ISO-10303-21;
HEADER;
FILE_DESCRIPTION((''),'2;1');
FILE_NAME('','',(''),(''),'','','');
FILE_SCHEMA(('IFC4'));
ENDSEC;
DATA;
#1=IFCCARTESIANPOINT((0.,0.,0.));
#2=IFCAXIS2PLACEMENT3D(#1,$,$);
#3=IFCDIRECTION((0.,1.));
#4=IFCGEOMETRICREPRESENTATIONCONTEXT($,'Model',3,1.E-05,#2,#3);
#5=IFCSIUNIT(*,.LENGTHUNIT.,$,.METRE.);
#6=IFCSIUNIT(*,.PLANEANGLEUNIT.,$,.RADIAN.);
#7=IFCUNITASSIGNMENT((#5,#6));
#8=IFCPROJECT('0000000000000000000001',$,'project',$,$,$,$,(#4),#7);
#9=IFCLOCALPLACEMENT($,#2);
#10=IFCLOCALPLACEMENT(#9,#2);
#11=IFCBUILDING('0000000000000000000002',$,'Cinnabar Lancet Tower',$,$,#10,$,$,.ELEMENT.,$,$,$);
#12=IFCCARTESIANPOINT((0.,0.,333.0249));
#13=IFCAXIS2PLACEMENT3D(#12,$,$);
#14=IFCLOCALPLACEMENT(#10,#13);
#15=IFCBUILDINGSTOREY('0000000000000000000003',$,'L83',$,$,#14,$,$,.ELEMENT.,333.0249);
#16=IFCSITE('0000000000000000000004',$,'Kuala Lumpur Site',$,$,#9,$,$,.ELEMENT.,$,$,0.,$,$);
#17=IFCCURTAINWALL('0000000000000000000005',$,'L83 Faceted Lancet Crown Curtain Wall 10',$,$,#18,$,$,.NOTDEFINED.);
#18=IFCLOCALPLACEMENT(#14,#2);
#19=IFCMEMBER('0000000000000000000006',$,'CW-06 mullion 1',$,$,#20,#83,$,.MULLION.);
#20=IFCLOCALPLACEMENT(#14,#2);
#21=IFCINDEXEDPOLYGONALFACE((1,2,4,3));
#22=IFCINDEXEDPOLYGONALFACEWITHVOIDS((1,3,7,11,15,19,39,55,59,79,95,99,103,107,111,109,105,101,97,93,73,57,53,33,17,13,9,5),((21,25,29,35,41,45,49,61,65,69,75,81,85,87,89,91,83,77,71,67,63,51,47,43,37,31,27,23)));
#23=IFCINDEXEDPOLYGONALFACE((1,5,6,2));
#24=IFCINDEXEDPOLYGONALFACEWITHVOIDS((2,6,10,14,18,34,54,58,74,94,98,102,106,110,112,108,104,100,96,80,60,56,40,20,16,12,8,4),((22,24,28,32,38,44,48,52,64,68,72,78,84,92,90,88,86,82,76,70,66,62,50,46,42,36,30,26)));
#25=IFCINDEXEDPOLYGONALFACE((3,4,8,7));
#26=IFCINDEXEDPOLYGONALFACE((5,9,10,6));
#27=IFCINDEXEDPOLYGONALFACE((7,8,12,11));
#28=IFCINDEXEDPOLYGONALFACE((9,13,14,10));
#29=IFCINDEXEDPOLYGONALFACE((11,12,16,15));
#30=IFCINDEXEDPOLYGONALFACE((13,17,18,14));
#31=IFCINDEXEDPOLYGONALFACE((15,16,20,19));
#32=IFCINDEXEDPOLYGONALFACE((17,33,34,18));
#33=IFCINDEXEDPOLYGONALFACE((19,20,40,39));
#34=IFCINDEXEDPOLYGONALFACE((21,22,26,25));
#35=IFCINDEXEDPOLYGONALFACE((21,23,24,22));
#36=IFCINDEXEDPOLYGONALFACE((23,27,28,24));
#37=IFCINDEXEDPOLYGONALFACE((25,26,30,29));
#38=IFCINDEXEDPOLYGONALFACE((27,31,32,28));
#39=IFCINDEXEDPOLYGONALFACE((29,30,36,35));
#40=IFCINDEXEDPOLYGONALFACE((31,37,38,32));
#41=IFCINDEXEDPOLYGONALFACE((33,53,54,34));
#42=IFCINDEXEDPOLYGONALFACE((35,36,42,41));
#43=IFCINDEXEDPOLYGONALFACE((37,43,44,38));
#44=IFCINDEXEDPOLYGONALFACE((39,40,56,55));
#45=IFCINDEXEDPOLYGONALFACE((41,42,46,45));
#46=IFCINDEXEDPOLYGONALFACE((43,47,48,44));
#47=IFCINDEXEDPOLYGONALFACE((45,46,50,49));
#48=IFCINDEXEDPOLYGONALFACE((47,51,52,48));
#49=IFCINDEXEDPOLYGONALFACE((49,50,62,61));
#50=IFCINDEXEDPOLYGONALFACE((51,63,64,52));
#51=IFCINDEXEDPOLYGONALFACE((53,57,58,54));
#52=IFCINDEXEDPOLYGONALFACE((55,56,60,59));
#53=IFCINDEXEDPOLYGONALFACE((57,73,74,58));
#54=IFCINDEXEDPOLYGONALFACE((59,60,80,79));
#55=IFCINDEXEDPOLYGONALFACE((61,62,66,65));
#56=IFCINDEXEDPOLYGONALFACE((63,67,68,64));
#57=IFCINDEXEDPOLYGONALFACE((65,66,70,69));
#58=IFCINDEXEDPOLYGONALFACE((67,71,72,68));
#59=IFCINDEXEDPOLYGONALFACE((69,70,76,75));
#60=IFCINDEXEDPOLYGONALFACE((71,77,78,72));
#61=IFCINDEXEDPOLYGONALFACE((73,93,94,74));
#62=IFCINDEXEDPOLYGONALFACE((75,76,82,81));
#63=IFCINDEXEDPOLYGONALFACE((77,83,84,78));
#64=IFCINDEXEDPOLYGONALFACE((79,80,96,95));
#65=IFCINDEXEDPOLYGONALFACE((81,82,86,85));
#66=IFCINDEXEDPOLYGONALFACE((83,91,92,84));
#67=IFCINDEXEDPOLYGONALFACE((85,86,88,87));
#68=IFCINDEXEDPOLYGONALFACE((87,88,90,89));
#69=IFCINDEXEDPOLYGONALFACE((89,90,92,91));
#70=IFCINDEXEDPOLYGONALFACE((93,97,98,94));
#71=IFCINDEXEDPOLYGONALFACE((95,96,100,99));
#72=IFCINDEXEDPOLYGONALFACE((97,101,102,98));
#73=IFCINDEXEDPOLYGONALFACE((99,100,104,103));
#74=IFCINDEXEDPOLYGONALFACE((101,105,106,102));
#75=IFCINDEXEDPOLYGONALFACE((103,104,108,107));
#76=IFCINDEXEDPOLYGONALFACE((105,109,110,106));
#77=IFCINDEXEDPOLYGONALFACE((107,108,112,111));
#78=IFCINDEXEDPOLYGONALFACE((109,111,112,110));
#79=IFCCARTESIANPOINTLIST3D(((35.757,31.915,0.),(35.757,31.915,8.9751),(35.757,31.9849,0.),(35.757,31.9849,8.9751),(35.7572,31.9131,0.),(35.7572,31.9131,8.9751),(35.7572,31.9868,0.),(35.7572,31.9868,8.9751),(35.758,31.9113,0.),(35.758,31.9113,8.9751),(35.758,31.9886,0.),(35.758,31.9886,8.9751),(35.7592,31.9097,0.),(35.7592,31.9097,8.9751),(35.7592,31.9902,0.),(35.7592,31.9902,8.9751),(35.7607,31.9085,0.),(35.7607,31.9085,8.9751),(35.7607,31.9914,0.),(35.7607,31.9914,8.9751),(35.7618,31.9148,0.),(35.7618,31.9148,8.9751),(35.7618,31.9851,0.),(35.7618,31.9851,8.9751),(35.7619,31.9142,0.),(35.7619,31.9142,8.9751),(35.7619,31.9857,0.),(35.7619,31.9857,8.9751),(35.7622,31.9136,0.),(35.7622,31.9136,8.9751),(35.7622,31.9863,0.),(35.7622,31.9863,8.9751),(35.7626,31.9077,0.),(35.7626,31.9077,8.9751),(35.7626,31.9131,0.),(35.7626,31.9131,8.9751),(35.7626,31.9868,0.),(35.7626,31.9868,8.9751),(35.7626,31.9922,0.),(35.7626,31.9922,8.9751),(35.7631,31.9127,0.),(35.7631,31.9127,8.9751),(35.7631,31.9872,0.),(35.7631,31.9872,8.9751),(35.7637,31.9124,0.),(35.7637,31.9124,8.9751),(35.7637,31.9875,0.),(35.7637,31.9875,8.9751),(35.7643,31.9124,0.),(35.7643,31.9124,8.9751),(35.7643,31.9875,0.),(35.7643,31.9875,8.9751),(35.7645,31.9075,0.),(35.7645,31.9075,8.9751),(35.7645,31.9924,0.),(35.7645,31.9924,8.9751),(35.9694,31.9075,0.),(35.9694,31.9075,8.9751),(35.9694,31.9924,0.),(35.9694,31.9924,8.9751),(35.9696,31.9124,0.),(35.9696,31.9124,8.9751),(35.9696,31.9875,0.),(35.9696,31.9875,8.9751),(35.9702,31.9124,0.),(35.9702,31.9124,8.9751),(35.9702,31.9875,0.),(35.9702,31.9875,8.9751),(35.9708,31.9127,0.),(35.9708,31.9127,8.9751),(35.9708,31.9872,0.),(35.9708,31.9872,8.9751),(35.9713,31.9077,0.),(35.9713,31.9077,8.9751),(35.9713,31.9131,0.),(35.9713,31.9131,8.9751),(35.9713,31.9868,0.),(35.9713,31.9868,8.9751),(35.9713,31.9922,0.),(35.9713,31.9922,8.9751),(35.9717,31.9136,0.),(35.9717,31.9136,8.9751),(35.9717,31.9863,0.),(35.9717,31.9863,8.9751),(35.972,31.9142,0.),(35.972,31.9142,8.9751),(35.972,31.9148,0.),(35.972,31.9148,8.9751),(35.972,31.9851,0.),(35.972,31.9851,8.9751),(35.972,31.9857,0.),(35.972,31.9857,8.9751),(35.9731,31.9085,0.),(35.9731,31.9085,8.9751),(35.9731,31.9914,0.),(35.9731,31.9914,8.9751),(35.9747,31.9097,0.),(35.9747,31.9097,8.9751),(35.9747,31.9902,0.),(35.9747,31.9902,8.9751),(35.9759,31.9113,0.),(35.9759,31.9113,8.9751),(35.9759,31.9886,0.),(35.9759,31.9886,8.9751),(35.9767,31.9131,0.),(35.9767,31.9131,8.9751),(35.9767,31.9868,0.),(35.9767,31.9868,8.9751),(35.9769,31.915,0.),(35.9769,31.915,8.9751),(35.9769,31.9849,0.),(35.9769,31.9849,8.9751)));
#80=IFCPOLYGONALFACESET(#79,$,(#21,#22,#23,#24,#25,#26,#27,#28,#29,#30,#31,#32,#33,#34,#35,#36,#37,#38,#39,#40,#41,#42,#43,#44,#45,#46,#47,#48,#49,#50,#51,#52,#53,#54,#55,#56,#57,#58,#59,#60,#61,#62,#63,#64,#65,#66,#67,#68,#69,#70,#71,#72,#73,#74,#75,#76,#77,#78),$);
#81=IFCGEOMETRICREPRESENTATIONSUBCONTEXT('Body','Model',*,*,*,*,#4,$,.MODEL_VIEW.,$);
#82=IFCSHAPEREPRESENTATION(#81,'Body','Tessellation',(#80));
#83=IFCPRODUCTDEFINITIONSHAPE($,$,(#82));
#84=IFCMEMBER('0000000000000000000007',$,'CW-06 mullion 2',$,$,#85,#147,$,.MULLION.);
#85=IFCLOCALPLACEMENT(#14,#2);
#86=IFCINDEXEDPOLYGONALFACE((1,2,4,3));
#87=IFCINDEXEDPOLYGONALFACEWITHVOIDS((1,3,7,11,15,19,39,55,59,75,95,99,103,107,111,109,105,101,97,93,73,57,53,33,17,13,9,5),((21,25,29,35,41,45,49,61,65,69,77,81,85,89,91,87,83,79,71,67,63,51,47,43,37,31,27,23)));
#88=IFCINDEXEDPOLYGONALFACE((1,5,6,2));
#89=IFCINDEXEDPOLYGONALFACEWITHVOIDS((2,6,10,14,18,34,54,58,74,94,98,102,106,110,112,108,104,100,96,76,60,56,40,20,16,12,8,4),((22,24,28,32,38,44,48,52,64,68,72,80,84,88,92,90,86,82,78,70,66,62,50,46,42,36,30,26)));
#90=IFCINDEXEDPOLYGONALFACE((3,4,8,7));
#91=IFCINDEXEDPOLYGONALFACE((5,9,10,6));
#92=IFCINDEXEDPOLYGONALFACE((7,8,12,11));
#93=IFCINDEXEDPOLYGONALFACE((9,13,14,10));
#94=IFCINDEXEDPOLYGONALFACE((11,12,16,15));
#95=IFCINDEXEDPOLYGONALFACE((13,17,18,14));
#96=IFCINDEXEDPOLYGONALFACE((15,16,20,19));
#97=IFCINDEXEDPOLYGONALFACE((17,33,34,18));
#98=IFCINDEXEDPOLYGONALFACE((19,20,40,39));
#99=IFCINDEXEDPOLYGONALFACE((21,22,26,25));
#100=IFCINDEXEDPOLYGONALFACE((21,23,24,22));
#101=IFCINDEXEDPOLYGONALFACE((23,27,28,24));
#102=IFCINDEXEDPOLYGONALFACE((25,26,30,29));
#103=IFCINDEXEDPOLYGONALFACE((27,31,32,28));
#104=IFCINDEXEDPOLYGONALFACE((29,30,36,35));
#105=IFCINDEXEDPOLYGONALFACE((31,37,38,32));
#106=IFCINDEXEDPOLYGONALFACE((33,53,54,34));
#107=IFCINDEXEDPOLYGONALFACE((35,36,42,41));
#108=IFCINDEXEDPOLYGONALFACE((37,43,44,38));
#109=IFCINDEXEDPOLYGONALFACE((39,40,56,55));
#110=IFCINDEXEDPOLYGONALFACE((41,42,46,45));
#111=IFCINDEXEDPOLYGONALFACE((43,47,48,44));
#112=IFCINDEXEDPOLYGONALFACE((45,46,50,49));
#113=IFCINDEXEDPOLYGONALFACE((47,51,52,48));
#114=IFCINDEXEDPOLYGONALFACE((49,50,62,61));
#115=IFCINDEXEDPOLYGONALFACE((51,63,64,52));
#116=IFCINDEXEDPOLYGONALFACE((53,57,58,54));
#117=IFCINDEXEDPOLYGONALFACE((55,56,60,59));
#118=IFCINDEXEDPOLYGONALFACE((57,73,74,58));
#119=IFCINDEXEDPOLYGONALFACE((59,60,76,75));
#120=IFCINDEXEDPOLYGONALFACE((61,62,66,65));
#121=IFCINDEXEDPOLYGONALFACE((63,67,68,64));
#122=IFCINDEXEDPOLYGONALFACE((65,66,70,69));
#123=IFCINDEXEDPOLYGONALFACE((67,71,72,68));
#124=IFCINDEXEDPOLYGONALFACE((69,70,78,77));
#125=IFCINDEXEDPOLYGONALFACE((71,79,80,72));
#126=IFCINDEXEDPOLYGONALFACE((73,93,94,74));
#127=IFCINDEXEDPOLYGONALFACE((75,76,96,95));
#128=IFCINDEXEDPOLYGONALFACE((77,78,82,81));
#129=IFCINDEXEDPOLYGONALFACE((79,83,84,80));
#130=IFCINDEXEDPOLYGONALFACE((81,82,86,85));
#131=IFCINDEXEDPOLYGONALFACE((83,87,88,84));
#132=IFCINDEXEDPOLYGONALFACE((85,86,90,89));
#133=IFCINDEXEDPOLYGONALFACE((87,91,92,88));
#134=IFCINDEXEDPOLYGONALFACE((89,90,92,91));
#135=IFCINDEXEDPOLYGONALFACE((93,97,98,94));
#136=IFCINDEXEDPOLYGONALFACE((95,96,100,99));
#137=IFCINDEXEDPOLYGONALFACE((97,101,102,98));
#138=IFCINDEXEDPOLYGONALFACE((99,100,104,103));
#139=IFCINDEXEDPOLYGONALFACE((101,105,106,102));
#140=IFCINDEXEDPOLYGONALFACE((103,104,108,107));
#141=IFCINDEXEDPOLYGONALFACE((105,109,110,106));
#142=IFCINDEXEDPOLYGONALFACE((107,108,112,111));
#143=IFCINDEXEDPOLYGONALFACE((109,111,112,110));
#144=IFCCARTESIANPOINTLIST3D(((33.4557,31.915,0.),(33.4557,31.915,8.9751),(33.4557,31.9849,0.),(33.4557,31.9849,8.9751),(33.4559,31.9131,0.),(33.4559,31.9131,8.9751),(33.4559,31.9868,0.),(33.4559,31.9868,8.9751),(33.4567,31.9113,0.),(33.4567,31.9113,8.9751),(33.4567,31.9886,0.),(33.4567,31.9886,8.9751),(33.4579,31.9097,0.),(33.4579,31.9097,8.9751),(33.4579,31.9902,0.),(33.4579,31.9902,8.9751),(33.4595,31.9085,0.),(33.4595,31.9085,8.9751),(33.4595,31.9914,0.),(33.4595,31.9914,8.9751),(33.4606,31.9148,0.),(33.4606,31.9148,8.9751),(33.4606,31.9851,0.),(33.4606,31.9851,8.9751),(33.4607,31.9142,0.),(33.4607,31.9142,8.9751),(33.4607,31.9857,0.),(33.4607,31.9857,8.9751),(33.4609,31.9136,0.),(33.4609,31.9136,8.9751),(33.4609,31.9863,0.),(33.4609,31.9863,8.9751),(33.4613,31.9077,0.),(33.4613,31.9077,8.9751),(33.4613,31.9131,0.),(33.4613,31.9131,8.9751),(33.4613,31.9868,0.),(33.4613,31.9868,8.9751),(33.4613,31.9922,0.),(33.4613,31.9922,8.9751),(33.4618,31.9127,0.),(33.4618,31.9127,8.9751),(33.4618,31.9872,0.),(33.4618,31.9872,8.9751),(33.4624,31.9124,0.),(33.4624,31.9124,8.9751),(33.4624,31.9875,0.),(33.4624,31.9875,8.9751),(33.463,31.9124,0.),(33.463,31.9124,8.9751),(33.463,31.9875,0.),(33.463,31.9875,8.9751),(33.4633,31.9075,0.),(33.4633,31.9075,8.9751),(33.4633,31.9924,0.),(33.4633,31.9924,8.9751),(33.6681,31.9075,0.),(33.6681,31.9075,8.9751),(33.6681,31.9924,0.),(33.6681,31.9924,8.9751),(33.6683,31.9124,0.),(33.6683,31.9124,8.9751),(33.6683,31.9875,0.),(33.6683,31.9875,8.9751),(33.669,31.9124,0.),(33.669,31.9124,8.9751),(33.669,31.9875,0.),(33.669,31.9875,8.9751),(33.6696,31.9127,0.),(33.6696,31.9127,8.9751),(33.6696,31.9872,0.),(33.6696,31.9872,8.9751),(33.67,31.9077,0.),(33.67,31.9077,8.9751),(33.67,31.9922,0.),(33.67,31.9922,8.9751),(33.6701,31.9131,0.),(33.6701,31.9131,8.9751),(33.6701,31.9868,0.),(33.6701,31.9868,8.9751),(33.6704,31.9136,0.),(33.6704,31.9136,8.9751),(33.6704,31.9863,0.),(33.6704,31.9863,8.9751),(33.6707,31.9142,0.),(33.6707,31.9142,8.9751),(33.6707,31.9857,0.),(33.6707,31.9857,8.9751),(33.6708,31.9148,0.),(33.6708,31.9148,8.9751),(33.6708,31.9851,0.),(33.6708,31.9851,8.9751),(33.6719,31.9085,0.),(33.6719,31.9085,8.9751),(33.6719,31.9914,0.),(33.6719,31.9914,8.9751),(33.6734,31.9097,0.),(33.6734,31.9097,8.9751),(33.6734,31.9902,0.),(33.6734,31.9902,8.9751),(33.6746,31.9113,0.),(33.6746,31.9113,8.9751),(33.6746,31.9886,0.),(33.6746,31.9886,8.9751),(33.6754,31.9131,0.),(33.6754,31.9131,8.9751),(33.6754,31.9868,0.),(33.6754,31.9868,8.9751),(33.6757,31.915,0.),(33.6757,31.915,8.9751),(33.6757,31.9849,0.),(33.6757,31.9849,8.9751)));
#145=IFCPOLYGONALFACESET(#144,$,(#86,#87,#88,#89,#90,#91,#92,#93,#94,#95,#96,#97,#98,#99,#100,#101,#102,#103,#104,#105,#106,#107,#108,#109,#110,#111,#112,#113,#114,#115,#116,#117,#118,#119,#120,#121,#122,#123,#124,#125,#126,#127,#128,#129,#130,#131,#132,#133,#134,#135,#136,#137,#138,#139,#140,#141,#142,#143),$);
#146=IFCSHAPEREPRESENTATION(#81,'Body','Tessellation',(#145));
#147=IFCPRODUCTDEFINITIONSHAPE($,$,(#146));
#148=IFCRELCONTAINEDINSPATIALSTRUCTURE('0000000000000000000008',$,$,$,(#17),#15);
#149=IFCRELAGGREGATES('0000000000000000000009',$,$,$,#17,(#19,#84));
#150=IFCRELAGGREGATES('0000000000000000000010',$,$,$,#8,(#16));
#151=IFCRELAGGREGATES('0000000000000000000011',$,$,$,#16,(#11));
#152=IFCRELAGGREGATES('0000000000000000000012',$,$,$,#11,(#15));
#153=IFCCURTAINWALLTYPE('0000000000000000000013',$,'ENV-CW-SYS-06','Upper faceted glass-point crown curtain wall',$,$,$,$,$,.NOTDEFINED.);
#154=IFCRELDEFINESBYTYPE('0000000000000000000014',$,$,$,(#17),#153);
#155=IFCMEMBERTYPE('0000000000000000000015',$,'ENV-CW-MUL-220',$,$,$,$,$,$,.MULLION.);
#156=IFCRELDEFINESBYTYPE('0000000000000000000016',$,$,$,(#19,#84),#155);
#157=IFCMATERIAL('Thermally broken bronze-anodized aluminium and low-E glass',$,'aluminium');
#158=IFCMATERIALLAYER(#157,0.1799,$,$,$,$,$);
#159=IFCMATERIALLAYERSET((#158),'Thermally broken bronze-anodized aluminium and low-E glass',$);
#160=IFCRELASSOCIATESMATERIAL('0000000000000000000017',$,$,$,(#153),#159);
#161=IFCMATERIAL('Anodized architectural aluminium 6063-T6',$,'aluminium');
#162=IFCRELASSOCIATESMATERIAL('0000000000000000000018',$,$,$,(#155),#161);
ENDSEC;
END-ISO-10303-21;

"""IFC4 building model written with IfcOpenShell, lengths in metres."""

from ifc_helpers import new_model, si_unit, direction, frame, origin, origin_2d, place, context, subcontext, project, spatial, hollow_rectangle, extrude, material, layer, layer_set, material_profile, profile_set, type_object, element, aggregate, save


model = new_model("IFC4")

# Units and contexts
model_context = context("Model", 3, precision=1e-05, world=origin(), true_north=direction((0.0, 1.0)))
body_context = subcontext(model_context, "Body", "Model", "MODEL_VIEW")
ifc_project = project(units=[si_unit("LENGTHUNIT", "METRE"), si_unit("PLANEANGLEUNIT", "RADIAN")], contexts=[model_context])

# Site, building, storey
site_placement = place(None, origin())
site = spatial("IfcSite", under=ifc_project, at=site_placement, Name="Kuala Lumpur Site", CompositionType="ELEMENT", RefElevation=0.0)
building_placement = place(site_placement, origin())
building = spatial("IfcBuilding", under=site, at=building_placement, Name="Cinnabar Lancet Tower", CompositionType="ELEMENT")
storey_placement = place(building_placement, frame((0.0, 0.0, 333.0249)))
storey = spatial("IfcBuildingStorey", under=building, at=storey_placement, Name="L83", CompositionType="ELEMENT", Elevation=333.0249)

# Curtain wall, members
ifc_material_1 = material(Name="Thermally broken bronze-anodized aluminium and low-E glass", Category="aluminium")
ifc_layer_1 = layer(ifc_material_1, 0.1799)
ifc_layer_set_1 = layer_set([ifc_layer_1], Name="Thermally broken bronze-anodized aluminium and low-E glass")
curtain_wall_type = type_object("IfcCurtainWallType", Name="ENV-CW-SYS-06", Description="Upper faceted glass-point crown curtain wall", PredefinedType="NOTDEFINED", material=ifc_layer_set_1)
ifc_material_2 = material(Name="Anodized architectural aluminium 6063-T6", Category="aluminium")
ifc_material_profile_1 = material_profile(ifc_material_2, hollow_rectangle(XDim=0.085, YDim=0.22, WallThickness=0.0049, InnerFilletRadius=0.0024, OuterFilletRadius=0.0076, at=origin_2d()), Name="CW-MUL 220x85x5")
ifc_profile_set_1 = profile_set([ifc_material_profile_1], Name="Anodized architectural aluminium 6063-T6")
member_type_1 = type_object("IfcMemberType", Name="ENV-CW-MUL-220", PredefinedType="MULLION", material=ifc_profile_set_1)
curtain_wall_1_placement = place(storey_placement, origin())
curtain_wall_1 = element("IfcCurtainWall", 1, at=curtain_wall_1_placement, inside=storey, type_object=curtain_wall_type, Name="L83 Faceted Lancet Crown Curtain Wall 10", PredefinedType="NOTDEFINED")
member_1_placement = place(storey_placement, frame((35.8669, 31.95, 0.0), z_axis=(0.0, 0.0, 1.0), x_axis=(0.0, -1.0, 0.0)))
member_1 = element("IfcMember", 2, at=member_1_placement, type_object=member_type_1, Name="CW-06 mullion 1", PredefinedType="MULLION", context=body_context, shape_type="SweptSolid", body=[
    extrude(hollow_rectangle(XDim=0.085, YDim=0.22, WallThickness=0.0049, InnerFilletRadius=0.0024, OuterFilletRadius=0.0076, at=origin_2d()), origin(), (0.0, 0.0, 1.0), 8.9751),
])
member_2_placement = place(storey_placement, frame((33.5657, 31.95, 0.0), z_axis=(0.0, 0.0, 1.0), x_axis=(0.0, -1.0, 0.0)))
member_2 = element("IfcMember", 3, at=member_2_placement, type_object=member_type_1, Name="CW-06 mullion 2", PredefinedType="MULLION", context=body_context, shape_type="SweptSolid", body=[
    extrude(hollow_rectangle(XDim=0.085, YDim=0.22, WallThickness=0.0049, InnerFilletRadius=0.0024, OuterFilletRadius=0.0076, at=origin_2d()), origin(), (0.0, 0.0, 1.0), 8.9751),
])

aggregate(curtain_wall_1, [member_1, member_2])

save(model, "model.ifc")
